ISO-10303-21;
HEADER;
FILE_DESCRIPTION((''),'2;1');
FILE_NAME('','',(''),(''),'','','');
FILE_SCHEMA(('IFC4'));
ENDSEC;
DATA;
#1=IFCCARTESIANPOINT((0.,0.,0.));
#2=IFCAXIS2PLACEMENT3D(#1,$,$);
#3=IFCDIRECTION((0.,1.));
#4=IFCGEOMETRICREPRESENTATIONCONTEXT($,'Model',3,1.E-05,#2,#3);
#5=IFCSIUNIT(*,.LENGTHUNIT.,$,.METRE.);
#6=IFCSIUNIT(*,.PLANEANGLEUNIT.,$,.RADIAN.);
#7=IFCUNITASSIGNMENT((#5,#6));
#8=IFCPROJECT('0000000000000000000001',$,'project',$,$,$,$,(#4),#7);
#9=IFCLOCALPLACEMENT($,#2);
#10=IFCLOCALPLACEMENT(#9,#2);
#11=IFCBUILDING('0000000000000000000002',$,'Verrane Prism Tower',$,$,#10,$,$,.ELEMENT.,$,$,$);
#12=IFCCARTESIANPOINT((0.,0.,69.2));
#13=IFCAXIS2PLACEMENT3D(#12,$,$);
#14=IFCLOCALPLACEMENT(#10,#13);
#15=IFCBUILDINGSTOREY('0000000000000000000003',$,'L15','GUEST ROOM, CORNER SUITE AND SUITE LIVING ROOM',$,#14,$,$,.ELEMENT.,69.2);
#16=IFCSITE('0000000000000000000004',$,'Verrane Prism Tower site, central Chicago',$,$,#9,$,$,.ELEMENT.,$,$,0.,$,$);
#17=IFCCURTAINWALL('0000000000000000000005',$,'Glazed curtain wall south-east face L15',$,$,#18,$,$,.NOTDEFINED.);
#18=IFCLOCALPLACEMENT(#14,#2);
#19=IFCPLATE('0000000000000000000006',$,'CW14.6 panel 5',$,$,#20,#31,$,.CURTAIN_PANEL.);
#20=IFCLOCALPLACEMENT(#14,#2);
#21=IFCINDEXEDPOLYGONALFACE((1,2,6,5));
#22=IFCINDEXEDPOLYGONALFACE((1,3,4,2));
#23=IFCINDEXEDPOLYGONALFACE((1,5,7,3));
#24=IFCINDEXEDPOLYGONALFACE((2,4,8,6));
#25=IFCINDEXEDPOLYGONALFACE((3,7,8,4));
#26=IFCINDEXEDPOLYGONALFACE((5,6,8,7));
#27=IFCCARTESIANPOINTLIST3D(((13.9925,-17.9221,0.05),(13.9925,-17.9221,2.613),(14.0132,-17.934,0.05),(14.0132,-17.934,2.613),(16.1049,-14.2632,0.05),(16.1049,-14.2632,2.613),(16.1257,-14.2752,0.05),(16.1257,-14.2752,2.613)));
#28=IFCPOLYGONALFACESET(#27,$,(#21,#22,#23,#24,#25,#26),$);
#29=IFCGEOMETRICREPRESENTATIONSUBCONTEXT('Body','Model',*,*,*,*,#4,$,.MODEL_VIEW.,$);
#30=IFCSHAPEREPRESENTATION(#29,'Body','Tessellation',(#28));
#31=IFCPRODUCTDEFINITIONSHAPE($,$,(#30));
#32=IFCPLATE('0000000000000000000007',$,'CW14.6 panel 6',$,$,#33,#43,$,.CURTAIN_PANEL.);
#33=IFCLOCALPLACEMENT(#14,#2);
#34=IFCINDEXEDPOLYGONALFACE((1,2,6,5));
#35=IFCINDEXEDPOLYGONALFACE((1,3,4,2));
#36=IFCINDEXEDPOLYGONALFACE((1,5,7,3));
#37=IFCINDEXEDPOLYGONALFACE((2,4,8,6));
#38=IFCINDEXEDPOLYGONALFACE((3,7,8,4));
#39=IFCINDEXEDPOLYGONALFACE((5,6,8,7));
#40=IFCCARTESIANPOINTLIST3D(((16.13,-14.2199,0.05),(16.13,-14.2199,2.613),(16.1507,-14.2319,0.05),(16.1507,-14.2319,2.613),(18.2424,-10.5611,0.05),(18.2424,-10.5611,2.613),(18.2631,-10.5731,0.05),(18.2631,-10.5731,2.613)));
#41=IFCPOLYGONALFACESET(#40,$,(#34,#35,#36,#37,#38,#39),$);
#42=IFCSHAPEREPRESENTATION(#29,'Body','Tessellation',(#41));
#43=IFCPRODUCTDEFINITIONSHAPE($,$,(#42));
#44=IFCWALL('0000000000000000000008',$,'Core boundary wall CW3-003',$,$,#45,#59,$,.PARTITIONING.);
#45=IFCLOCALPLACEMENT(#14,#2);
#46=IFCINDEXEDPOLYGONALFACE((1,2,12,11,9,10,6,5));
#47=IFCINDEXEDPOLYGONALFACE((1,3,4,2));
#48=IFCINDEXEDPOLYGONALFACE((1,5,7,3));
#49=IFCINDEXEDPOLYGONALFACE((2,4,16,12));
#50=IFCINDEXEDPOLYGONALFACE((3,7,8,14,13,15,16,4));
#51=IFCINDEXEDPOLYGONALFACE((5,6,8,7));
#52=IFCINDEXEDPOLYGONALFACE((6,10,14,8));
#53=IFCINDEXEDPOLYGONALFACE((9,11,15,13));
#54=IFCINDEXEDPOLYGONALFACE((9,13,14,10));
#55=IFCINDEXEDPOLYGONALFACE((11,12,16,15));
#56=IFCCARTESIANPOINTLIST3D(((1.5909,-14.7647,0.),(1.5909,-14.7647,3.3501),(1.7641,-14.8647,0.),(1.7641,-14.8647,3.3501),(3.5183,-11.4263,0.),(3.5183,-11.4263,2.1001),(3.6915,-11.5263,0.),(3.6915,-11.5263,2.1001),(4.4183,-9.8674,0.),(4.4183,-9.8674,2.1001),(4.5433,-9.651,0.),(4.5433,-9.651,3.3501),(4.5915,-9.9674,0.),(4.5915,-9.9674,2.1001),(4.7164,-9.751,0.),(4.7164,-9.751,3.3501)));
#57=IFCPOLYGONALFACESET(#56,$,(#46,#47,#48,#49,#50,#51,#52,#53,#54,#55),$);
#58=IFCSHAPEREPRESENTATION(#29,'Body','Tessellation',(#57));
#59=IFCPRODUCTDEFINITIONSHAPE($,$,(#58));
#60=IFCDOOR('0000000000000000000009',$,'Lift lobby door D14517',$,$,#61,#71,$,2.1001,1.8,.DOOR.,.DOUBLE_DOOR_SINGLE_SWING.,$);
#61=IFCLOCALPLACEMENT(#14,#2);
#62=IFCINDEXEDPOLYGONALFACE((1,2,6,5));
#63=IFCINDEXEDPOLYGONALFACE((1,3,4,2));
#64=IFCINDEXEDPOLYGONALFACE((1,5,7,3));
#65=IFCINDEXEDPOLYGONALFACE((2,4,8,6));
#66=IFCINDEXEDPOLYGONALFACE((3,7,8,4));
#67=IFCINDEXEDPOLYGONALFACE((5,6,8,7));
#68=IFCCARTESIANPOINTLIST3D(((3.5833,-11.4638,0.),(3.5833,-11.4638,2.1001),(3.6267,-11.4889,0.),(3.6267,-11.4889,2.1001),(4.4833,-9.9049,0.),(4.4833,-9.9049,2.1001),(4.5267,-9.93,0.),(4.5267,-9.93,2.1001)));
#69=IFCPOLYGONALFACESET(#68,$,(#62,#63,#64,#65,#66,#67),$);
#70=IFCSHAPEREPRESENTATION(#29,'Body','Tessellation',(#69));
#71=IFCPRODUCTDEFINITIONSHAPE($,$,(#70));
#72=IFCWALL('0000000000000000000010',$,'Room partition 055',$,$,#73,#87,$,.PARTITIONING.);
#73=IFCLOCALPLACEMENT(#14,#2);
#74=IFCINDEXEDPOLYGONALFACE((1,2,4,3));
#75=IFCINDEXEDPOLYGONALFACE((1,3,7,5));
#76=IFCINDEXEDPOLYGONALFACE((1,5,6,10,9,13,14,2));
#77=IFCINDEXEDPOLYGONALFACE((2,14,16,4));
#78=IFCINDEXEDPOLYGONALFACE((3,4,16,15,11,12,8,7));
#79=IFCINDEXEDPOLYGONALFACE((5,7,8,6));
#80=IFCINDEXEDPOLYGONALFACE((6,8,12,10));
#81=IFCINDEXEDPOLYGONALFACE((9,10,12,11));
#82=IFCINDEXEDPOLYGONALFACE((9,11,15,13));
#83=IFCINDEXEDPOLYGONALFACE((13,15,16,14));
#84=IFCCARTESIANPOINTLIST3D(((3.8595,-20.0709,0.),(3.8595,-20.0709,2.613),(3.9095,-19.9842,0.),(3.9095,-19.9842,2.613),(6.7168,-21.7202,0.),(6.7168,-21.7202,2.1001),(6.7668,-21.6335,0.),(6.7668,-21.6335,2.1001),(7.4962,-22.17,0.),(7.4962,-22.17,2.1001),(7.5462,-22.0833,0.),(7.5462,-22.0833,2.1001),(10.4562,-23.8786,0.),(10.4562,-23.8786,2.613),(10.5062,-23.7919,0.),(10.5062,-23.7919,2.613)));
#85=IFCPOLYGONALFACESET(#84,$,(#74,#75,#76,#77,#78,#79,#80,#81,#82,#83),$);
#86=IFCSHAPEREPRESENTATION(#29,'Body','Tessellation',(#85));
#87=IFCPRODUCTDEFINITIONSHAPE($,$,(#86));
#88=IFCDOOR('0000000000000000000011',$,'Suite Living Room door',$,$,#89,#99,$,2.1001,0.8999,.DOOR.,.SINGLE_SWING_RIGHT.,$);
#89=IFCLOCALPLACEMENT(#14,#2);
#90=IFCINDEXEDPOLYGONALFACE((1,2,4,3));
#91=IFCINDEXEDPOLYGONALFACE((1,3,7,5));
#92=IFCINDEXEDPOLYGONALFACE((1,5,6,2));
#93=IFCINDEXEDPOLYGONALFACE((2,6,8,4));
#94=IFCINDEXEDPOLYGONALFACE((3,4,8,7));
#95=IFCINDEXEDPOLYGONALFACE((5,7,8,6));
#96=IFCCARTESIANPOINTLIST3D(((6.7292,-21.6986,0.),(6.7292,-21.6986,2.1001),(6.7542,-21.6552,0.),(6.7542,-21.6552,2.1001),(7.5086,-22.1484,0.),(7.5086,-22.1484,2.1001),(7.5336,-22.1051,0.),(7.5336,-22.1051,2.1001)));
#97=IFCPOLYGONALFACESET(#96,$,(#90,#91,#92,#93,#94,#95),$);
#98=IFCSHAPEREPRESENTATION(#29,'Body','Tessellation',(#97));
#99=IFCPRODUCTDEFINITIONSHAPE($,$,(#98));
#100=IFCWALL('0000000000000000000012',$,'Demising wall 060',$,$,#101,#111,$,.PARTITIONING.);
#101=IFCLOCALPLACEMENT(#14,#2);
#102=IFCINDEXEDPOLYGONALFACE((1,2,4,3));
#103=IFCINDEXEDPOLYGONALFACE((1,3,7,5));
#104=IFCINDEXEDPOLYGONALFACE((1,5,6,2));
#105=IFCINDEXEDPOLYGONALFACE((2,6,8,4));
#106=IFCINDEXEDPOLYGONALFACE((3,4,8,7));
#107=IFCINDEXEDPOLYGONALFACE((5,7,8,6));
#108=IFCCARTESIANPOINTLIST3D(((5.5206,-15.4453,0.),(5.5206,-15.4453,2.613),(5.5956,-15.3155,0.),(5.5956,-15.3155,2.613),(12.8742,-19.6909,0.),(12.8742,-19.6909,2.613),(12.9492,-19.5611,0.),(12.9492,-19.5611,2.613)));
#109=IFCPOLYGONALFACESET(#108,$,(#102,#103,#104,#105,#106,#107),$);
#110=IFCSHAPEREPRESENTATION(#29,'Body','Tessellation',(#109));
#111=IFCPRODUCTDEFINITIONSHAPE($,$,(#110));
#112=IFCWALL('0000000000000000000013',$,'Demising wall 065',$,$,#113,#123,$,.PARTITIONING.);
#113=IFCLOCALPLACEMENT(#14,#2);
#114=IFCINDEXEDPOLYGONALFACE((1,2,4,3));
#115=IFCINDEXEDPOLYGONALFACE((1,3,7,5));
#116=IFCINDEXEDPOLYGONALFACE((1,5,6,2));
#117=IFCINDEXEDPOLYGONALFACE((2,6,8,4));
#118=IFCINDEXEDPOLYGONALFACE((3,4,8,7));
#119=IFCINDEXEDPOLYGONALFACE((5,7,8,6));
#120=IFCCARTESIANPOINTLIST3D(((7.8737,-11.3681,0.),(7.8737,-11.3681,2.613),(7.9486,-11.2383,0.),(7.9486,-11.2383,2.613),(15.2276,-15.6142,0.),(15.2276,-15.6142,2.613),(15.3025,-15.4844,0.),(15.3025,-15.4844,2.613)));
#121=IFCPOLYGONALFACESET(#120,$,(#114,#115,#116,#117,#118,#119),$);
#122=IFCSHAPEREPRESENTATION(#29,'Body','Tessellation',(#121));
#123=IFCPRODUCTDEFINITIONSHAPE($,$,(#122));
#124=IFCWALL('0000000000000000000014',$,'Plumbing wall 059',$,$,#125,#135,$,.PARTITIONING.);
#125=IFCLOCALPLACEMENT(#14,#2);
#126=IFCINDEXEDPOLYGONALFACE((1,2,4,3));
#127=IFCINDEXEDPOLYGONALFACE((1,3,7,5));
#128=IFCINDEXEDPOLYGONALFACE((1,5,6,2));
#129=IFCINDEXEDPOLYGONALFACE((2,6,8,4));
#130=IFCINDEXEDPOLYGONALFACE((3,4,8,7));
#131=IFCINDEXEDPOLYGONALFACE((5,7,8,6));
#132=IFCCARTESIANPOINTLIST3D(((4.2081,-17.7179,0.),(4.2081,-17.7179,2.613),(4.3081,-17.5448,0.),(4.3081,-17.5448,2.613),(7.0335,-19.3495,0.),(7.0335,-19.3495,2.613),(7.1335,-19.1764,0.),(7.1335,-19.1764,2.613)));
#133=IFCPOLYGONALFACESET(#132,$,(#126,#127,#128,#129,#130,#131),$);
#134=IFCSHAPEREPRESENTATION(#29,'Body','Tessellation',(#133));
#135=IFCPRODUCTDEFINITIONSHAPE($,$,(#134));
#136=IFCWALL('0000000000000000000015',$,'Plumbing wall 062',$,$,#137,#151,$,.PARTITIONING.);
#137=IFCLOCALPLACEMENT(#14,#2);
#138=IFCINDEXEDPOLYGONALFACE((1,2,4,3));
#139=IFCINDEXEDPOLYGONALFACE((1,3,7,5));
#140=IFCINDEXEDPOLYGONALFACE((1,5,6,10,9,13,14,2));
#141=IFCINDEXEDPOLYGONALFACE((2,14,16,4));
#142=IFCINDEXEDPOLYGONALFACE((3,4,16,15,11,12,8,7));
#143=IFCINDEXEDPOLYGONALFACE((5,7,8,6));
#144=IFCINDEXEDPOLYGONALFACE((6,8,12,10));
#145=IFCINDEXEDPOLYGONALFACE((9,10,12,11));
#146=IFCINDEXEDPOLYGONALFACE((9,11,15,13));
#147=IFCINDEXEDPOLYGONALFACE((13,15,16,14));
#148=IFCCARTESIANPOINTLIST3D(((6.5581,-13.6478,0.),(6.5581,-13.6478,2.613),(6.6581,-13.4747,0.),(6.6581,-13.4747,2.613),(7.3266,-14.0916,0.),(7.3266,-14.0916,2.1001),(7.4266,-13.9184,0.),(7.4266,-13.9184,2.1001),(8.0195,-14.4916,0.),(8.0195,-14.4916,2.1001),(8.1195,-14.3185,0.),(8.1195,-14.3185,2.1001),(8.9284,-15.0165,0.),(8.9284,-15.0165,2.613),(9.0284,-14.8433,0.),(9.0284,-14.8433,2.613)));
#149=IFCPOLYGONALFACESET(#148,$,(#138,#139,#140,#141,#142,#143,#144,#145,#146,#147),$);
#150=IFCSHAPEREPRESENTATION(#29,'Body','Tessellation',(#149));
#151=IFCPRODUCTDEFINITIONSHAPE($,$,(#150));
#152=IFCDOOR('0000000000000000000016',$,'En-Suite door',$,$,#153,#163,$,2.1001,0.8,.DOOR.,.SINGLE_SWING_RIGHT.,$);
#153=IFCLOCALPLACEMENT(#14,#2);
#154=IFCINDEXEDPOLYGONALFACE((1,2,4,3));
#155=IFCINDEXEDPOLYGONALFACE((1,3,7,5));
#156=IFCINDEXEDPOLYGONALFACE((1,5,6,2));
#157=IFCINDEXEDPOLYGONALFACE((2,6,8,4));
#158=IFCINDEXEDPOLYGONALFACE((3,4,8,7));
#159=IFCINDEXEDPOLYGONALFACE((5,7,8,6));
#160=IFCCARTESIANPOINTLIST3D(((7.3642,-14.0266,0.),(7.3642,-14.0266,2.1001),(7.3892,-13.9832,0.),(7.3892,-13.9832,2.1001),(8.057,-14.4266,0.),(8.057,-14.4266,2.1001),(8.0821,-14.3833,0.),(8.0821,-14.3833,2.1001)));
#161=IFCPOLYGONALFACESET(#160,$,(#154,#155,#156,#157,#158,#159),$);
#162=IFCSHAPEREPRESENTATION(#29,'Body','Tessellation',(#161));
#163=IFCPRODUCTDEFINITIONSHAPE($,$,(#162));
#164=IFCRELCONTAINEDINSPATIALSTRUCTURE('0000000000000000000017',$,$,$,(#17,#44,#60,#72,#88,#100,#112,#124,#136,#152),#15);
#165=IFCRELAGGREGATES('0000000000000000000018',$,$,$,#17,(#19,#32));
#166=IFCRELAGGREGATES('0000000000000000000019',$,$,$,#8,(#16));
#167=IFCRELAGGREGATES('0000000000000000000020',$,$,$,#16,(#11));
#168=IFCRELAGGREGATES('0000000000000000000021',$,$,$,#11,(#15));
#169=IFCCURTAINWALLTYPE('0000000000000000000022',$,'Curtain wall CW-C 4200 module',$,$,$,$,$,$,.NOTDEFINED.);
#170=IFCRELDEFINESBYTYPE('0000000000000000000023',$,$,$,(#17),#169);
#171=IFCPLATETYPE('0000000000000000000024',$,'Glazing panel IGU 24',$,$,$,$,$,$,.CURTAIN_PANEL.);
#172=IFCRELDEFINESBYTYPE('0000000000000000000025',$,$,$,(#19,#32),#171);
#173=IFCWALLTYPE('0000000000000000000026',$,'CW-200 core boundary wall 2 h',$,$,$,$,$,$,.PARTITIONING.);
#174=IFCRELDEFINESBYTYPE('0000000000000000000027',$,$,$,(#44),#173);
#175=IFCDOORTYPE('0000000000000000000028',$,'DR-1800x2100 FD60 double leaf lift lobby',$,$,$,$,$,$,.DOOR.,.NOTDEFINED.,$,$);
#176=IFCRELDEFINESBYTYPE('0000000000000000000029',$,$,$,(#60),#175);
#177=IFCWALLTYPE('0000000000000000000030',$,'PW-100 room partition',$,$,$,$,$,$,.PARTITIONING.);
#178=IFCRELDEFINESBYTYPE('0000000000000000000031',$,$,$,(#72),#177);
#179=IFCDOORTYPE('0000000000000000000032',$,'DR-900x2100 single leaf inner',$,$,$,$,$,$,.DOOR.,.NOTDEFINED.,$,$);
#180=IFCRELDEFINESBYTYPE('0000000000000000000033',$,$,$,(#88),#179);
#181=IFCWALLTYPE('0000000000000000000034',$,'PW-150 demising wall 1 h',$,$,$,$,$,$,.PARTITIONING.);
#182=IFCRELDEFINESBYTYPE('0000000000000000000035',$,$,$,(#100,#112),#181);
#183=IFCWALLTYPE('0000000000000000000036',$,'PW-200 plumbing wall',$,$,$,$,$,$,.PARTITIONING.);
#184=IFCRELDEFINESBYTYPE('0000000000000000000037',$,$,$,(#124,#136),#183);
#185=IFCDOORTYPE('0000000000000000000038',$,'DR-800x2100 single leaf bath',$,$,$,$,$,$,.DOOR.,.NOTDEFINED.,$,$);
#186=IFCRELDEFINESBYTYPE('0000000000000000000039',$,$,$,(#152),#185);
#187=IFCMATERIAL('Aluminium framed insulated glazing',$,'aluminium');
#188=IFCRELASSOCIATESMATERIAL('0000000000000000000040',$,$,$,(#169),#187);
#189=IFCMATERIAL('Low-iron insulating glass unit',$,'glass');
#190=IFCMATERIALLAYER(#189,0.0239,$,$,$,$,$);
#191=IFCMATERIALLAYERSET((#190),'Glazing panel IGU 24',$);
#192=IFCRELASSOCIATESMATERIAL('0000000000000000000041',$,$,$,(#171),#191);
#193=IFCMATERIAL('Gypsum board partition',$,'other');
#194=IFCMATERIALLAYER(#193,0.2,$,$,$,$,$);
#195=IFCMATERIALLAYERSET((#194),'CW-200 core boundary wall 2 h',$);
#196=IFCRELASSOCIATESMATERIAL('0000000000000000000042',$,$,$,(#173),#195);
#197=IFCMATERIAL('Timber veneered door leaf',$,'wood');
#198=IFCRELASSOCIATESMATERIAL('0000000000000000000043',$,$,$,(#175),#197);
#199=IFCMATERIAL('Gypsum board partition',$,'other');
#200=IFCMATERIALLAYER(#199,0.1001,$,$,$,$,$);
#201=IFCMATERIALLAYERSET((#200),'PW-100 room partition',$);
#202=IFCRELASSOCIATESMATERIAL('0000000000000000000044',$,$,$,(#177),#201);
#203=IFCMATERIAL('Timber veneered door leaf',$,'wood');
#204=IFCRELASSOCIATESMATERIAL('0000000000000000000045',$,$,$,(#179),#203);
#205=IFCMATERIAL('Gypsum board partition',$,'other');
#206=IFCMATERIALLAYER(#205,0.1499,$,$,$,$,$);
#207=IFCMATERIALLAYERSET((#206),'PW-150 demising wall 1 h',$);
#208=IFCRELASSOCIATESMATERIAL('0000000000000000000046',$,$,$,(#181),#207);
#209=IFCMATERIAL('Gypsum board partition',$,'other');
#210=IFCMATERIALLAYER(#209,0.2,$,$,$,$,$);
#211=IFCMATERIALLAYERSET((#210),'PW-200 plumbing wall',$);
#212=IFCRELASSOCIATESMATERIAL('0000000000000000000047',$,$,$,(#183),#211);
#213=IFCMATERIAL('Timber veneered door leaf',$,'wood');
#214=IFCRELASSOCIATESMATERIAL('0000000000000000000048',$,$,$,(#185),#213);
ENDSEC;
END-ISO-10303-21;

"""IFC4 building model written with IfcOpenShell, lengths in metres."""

from ifc_helpers import new_model, si_unit, direction, frame, frame_2d, origin, origin_2d, place, context, subcontext, project, spatial, rectangle, extrude, material, layer, layer_set, type_object, element, fill, aggregate, save


model = new_model("IFC4")

# Units and contexts
model_context = context("Model", 3, precision=1e-05, world=origin(), true_north=direction((0.0, 1.0)))
body_context = subcontext(model_context, "Body", "Model", "MODEL_VIEW")
ifc_project = project(units=[si_unit("LENGTHUNIT", "METRE"), si_unit("PLANEANGLEUNIT", "RADIAN")], contexts=[model_context])

# Site, building, storey
site_placement = place(None, origin())
site = spatial("IfcSite", under=ifc_project, at=site_placement, Name="Verrane Prism Tower site, central Chicago", CompositionType="ELEMENT", RefElevation=0.0)
building_placement = place(site_placement, origin())
building = spatial("IfcBuilding", under=site, at=building_placement, Name="Verrane Prism Tower", CompositionType="ELEMENT")
storey_placement = place(building_placement, frame((0.0, 0.0, 69.2)))
storey = spatial("IfcBuildingStorey", under=building, at=storey_placement, Name="L15", Description="GUEST ROOM, CORNER SUITE AND SUITE LIVING ROOM", CompositionType="ELEMENT", Elevation=69.2)

# Curtain wall
ifc_material_1 = material(Name="Aluminium framed insulated glazing", Category="aluminium")
curtain_wall_type = type_object("IfcCurtainWallType", Name="Curtain wall CW-C 4200 module", PredefinedType="NOTDEFINED", material=ifc_material_1)
curtain_wall_placement = place(storey_placement, origin())
curtain_wall = element("IfcCurtainWall", 1, at=curtain_wall_placement, inside=storey, type_object=curtain_wall_type, Name="Glazed curtain wall south-east face L15", PredefinedType="NOTDEFINED")

# Plates
ifc_material_2 = material(Name="Low-iron insulating glass unit", Category="glass")
ifc_layer_1 = layer(ifc_material_2, 0.0239)
ifc_layer_set_1 = layer_set([ifc_layer_1], Name="Glazing panel IGU 24")
plate_type = type_object("IfcPlateType", Name="Glazing panel IGU 24", PredefinedType="CURTAIN_PANEL", material=ifc_layer_set_1)
plate_1_placement = place(storey_placement, frame((15.0591, -16.0986, 0.05), z_axis=(0.0, 0.0, 1.0), x_axis=(0.5, 0.866025, 0.0)))
plate_1 = element("IfcPlate", 2, at=plate_1_placement, type_object=plate_type, Name="CW14.6 panel 5", PredefinedType="CURTAIN_PANEL", context=body_context, shape_type="SweptSolid", body=[
    extrude(rectangle(XDim=4.2249, YDim=0.0239, at=origin_2d()), origin(), (0.0, 0.0, 1.0), 2.563),
])
plate_2_placement = place(storey_placement, frame((17.1965, -12.3965, 0.05), z_axis=(0.0, 0.0, 1.0), x_axis=(0.5, 0.866025, 0.0)))
plate_2 = element("IfcPlate", 3, at=plate_2_placement, type_object=plate_type, Name="CW14.6 panel 6", PredefinedType="CURTAIN_PANEL", context=body_context, shape_type="SweptSolid", body=[
    extrude(rectangle(XDim=4.2249, YDim=0.0239, at=origin_2d()), origin(), (0.0, 0.0, 1.0), 2.563),
])
aggregate(curtain_wall, [plate_1, plate_2])

# Walls, openings, doors
ifc_material_3 = material(Name="Gypsum board partition", Category="other")
ifc_layer_2 = layer(ifc_material_3, 0.2)
ifc_layer_set_2 = layer_set([ifc_layer_2], Name="CW-200 core boundary wall 2 h")
wall_type_1 = type_object("IfcWallType", Name="CW-200 core boundary wall 2 h", PredefinedType="PARTITIONING", material=ifc_layer_set_2)
wall_1_placement = place(storey_placement, frame((1.6775, -14.8147, 0.0), z_axis=(0.0, 0.0, 1.0), x_axis=(0.499994, 0.866029, 0.0)))
wall_1 = element("IfcWall", 4, at=wall_1_placement, inside=storey, type_object=wall_type_1, Name="Core boundary wall CW3-003", PredefinedType="PARTITIONING", context=body_context, shape_type="SweptSolid", body=[
    extrude(rectangle(XDim=5.9048, YDim=0.2, at=frame_2d((2.9524, 0.0))), origin(), (0.0, 0.0, 1.0), 3.3501),
])
opening_1_placement = place(wall_1_placement, frame((3.855, 0.0, 0.0)))
opening_1 = element("IfcOpeningElement", 5, at=opening_1_placement, cuts=wall_1, PredefinedType="OPENING", context=body_context, shape_type="SweptSolid", body=[
    extrude(rectangle(XDim=1.8, YDim=2.1001, at=frame_2d((0.8999, 1.05))), frame((0.0, 0.1099, 0.0), z_axis=(0.0, -1.0, 0.0), x_axis=(1.0, 0.0, 0.0)), (0.0, 0.0, 1.0), 0.22),
])
ifc_material_4 = material(Name="Timber veneered door leaf", Category="wood")
door_type_1 = type_object("IfcDoorType", Name="DR-1800x2100 FD60 double leaf lift lobby", OperationType="NOTDEFINED", PredefinedType="DOOR", material=ifc_material_4)
door_1_placement = place(opening_1_placement, origin())
door_1 = element("IfcDoor", 6, at=door_1_placement, inside=storey, type_object=door_type_1, Name="Lift lobby door D14517", OperationType="DOUBLE_DOOR_SINGLE_SWING", OverallHeight=2.1001, OverallWidth=1.8, PredefinedType="DOOR", context=body_context, shape_type="SweptSolid", body=[
    extrude(rectangle(XDim=1.8, YDim=2.1001, at=frame_2d((0.8999, 1.05))), frame((0.0, 0.0249, 0.0), z_axis=(0.0, -1.0, 0.0), x_axis=(1.0, 0.0, 0.0)), (0.0, 0.0, 1.0), 0.05),
])
fill(opening_1, door_1)
ifc_material_5 = material(Name="Gypsum board partition", Category="other")
ifc_layer_3 = layer(ifc_material_5, 0.1001)
ifc_layer_set_3 = layer_set([ifc_layer_3], Name="PW-100 room partition")
wall_type_2 = type_object("IfcWallType", Name="PW-100 room partition", PredefinedType="PARTITIONING", material=ifc_layer_set_3)
wall_2_placement = place(storey_placement, frame((3.8845, -20.0276, 0.0), z_axis=(0.0, 0.0, 1.0), x_axis=(0.866081, -0.499904, 0.0)))
wall_2 = element("IfcWall", 7, at=wall_2_placement, inside=storey, type_object=wall_type_2, Name="Room partition 055", PredefinedType="PARTITIONING", context=body_context, shape_type="SweptSolid", body=[
    extrude(rectangle(XDim=7.6167, YDim=0.1001, at=frame_2d((3.8083, 0.0))), origin(), (0.0, 0.0, 1.0), 2.613),
])
opening_2_placement = place(wall_2_placement, frame((3.2991, 0.0, 0.0)))
opening_2 = element("IfcOpeningElement", 8, at=opening_2_placement, cuts=wall_2, PredefinedType="OPENING", context=body_context, shape_type="SweptSolid", body=[
    extrude(rectangle(XDim=0.8999, YDim=2.1001, at=frame_2d((0.45, 1.05))), frame((0.0, 0.0601, 0.0), z_axis=(0.0, -1.0, 0.0), x_axis=(1.0, 0.0, 0.0)), (0.0, 0.0, 1.0), 0.1201),
])
ifc_material_6 = material(Name="Timber veneered door leaf", Category="wood")
door_type_2 = type_object("IfcDoorType", Name="DR-900x2100 single leaf inner", OperationType="NOTDEFINED", PredefinedType="DOOR", material=ifc_material_6)
door_2_placement = place(opening_2_placement, origin())
door_2 = element("IfcDoor", 9, at=door_2_placement, inside=storey, type_object=door_type_2, Name="Suite Living Room door", OperationType="SINGLE_SWING_RIGHT", OverallHeight=2.1001, OverallWidth=0.8999, PredefinedType="DOOR", context=body_context, shape_type="SweptSolid", body=[
    extrude(rectangle(XDim=0.8999, YDim=2.1001, at=frame_2d((0.45, 1.05))), frame((0.0, 0.0249, 0.0), z_axis=(0.0, -1.0, 0.0), x_axis=(1.0, 0.0, 0.0)), (0.0, 0.0, 1.0), 0.05),
])
fill(opening_2, door_2)

# Walls
ifc_material_7 = material(Name="Gypsum board partition", Category="other")
ifc_layer_4 = layer(ifc_material_7, 0.1499)
ifc_layer_set_4 = layer_set([ifc_layer_4], Name="PW-150 demising wall 1 h")
wall_type_3 = type_object("IfcWallType", Name="PW-150 demising wall 1 h", PredefinedType="PARTITIONING", material=ifc_layer_set_4)
wall_3_placement = place(storey_placement, frame((5.5581, -15.3804, 0.0), z_axis=(0.0, 0.0, 1.0), x_axis=(0.866023, -0.500005, 0.0)))
element("IfcWall", 10, at=wall_3_placement, inside=storey, type_object=wall_type_3, Name="Demising wall 060", PredefinedType="PARTITIONING", context=body_context, shape_type="SweptSolid", body=[
    extrude(rectangle(XDim=8.4912, YDim=0.1499, at=frame_2d((4.2456, 0.0))), origin(), (0.0, 0.0, 1.0), 2.613),
])
wall_4_placement = place(storey_placement, frame((7.9111, -11.3032, 0.0), z_axis=(0.0, 0.0, 1.0), x_axis=(0.866012, -0.500023, 0.0)))
element("IfcWall", 11, at=wall_4_placement, inside=storey, type_object=wall_type_3, Name="Demising wall 065", PredefinedType="PARTITIONING", context=body_context, shape_type="SweptSolid", body=[
    extrude(rectangle(XDim=8.4917, YDim=0.1499, at=frame_2d((4.2458, 0.0))), origin(), (0.0, 0.0, 1.0), 2.613),
])
ifc_material_8 = material(Name="Gypsum board partition", Category="other")
ifc_layer_5 = layer(ifc_material_8, 0.2)
ifc_layer_set_5 = layer_set([ifc_layer_5], Name="PW-200 plumbing wall")
wall_type_4 = type_object("IfcWallType", Name="PW-200 plumbing wall", PredefinedType="PARTITIONING", material=ifc_layer_set_5)
wall_5_placement = place(storey_placement, frame((4.2581, -17.6313, 0.0), z_axis=(0.0, 0.0, 1.0), x_axis=(0.865982, -0.500074, 0.0)))
element("IfcWall", 12, at=wall_5_placement, inside=storey, type_object=wall_type_4, Name="Plumbing wall 059", PredefinedType="PARTITIONING", context=body_context, shape_type="SweptSolid", body=[
    extrude(rectangle(XDim=3.2627, YDim=0.2, at=frame_2d((1.6313, 0.0))), origin(), (0.0, 0.0, 1.0), 2.613),
])

# Wall, opening, door
wall_6_placement = place(storey_placement, frame((8.9785, -14.9299, 0.0), z_axis=(0.0, 0.0, 1.0), x_axis=(-0.866006, 0.500034, 0.0)))
wall_6 = element("IfcWall", 13, at=wall_6_placement, inside=storey, type_object=wall_type_4, Name="Plumbing wall 062", PredefinedType="PARTITIONING", context=body_context, shape_type="SweptSolid", body=[
    extrude(rectangle(XDim=2.7371, YDim=0.2, at=frame_2d((1.3687, 0.0))), origin(), (0.0, 0.0, 1.0), 2.613),
])
opening_3_placement = place(wall_6_placement, frame((1.0498, 0.0, 0.0)))
opening_3 = element("IfcOpeningElement", 14, at=opening_3_placement, cuts=wall_6, PredefinedType="OPENING", context=body_context, shape_type="SweptSolid", body=[
    extrude(rectangle(XDim=0.8, YDim=2.1001, at=frame_2d((0.3999, 1.05))), frame((0.0, 0.1099, 0.0), z_axis=(0.0, -1.0, 0.0), x_axis=(1.0, 0.0, 0.0)), (0.0, 0.0, 1.0), 0.22),
])
ifc_material_9 = material(Name="Timber veneered door leaf", Category="wood")
door_type_3 = type_object("IfcDoorType", Name="DR-800x2100 single leaf bath", OperationType="NOTDEFINED", PredefinedType="DOOR", material=ifc_material_9)
door_3_placement = place(opening_3_placement, origin())
door_3 = element("IfcDoor", 15, at=door_3_placement, inside=storey, type_object=door_type_3, Name="En-Suite door", OperationType="SINGLE_SWING_RIGHT", OverallHeight=2.1001, OverallWidth=0.8, PredefinedType="DOOR", context=body_context, shape_type="SweptSolid", body=[
    extrude(rectangle(XDim=0.8, YDim=2.1001, at=frame_2d((0.3999, 1.05))), frame((0.0, 0.0249, 0.0), z_axis=(0.0, -1.0, 0.0), x_axis=(1.0, 0.0, 0.0)), (0.0, 0.0, 1.0), 0.05),
])
fill(opening_3, door_3)

save(model, "model.ifc")
